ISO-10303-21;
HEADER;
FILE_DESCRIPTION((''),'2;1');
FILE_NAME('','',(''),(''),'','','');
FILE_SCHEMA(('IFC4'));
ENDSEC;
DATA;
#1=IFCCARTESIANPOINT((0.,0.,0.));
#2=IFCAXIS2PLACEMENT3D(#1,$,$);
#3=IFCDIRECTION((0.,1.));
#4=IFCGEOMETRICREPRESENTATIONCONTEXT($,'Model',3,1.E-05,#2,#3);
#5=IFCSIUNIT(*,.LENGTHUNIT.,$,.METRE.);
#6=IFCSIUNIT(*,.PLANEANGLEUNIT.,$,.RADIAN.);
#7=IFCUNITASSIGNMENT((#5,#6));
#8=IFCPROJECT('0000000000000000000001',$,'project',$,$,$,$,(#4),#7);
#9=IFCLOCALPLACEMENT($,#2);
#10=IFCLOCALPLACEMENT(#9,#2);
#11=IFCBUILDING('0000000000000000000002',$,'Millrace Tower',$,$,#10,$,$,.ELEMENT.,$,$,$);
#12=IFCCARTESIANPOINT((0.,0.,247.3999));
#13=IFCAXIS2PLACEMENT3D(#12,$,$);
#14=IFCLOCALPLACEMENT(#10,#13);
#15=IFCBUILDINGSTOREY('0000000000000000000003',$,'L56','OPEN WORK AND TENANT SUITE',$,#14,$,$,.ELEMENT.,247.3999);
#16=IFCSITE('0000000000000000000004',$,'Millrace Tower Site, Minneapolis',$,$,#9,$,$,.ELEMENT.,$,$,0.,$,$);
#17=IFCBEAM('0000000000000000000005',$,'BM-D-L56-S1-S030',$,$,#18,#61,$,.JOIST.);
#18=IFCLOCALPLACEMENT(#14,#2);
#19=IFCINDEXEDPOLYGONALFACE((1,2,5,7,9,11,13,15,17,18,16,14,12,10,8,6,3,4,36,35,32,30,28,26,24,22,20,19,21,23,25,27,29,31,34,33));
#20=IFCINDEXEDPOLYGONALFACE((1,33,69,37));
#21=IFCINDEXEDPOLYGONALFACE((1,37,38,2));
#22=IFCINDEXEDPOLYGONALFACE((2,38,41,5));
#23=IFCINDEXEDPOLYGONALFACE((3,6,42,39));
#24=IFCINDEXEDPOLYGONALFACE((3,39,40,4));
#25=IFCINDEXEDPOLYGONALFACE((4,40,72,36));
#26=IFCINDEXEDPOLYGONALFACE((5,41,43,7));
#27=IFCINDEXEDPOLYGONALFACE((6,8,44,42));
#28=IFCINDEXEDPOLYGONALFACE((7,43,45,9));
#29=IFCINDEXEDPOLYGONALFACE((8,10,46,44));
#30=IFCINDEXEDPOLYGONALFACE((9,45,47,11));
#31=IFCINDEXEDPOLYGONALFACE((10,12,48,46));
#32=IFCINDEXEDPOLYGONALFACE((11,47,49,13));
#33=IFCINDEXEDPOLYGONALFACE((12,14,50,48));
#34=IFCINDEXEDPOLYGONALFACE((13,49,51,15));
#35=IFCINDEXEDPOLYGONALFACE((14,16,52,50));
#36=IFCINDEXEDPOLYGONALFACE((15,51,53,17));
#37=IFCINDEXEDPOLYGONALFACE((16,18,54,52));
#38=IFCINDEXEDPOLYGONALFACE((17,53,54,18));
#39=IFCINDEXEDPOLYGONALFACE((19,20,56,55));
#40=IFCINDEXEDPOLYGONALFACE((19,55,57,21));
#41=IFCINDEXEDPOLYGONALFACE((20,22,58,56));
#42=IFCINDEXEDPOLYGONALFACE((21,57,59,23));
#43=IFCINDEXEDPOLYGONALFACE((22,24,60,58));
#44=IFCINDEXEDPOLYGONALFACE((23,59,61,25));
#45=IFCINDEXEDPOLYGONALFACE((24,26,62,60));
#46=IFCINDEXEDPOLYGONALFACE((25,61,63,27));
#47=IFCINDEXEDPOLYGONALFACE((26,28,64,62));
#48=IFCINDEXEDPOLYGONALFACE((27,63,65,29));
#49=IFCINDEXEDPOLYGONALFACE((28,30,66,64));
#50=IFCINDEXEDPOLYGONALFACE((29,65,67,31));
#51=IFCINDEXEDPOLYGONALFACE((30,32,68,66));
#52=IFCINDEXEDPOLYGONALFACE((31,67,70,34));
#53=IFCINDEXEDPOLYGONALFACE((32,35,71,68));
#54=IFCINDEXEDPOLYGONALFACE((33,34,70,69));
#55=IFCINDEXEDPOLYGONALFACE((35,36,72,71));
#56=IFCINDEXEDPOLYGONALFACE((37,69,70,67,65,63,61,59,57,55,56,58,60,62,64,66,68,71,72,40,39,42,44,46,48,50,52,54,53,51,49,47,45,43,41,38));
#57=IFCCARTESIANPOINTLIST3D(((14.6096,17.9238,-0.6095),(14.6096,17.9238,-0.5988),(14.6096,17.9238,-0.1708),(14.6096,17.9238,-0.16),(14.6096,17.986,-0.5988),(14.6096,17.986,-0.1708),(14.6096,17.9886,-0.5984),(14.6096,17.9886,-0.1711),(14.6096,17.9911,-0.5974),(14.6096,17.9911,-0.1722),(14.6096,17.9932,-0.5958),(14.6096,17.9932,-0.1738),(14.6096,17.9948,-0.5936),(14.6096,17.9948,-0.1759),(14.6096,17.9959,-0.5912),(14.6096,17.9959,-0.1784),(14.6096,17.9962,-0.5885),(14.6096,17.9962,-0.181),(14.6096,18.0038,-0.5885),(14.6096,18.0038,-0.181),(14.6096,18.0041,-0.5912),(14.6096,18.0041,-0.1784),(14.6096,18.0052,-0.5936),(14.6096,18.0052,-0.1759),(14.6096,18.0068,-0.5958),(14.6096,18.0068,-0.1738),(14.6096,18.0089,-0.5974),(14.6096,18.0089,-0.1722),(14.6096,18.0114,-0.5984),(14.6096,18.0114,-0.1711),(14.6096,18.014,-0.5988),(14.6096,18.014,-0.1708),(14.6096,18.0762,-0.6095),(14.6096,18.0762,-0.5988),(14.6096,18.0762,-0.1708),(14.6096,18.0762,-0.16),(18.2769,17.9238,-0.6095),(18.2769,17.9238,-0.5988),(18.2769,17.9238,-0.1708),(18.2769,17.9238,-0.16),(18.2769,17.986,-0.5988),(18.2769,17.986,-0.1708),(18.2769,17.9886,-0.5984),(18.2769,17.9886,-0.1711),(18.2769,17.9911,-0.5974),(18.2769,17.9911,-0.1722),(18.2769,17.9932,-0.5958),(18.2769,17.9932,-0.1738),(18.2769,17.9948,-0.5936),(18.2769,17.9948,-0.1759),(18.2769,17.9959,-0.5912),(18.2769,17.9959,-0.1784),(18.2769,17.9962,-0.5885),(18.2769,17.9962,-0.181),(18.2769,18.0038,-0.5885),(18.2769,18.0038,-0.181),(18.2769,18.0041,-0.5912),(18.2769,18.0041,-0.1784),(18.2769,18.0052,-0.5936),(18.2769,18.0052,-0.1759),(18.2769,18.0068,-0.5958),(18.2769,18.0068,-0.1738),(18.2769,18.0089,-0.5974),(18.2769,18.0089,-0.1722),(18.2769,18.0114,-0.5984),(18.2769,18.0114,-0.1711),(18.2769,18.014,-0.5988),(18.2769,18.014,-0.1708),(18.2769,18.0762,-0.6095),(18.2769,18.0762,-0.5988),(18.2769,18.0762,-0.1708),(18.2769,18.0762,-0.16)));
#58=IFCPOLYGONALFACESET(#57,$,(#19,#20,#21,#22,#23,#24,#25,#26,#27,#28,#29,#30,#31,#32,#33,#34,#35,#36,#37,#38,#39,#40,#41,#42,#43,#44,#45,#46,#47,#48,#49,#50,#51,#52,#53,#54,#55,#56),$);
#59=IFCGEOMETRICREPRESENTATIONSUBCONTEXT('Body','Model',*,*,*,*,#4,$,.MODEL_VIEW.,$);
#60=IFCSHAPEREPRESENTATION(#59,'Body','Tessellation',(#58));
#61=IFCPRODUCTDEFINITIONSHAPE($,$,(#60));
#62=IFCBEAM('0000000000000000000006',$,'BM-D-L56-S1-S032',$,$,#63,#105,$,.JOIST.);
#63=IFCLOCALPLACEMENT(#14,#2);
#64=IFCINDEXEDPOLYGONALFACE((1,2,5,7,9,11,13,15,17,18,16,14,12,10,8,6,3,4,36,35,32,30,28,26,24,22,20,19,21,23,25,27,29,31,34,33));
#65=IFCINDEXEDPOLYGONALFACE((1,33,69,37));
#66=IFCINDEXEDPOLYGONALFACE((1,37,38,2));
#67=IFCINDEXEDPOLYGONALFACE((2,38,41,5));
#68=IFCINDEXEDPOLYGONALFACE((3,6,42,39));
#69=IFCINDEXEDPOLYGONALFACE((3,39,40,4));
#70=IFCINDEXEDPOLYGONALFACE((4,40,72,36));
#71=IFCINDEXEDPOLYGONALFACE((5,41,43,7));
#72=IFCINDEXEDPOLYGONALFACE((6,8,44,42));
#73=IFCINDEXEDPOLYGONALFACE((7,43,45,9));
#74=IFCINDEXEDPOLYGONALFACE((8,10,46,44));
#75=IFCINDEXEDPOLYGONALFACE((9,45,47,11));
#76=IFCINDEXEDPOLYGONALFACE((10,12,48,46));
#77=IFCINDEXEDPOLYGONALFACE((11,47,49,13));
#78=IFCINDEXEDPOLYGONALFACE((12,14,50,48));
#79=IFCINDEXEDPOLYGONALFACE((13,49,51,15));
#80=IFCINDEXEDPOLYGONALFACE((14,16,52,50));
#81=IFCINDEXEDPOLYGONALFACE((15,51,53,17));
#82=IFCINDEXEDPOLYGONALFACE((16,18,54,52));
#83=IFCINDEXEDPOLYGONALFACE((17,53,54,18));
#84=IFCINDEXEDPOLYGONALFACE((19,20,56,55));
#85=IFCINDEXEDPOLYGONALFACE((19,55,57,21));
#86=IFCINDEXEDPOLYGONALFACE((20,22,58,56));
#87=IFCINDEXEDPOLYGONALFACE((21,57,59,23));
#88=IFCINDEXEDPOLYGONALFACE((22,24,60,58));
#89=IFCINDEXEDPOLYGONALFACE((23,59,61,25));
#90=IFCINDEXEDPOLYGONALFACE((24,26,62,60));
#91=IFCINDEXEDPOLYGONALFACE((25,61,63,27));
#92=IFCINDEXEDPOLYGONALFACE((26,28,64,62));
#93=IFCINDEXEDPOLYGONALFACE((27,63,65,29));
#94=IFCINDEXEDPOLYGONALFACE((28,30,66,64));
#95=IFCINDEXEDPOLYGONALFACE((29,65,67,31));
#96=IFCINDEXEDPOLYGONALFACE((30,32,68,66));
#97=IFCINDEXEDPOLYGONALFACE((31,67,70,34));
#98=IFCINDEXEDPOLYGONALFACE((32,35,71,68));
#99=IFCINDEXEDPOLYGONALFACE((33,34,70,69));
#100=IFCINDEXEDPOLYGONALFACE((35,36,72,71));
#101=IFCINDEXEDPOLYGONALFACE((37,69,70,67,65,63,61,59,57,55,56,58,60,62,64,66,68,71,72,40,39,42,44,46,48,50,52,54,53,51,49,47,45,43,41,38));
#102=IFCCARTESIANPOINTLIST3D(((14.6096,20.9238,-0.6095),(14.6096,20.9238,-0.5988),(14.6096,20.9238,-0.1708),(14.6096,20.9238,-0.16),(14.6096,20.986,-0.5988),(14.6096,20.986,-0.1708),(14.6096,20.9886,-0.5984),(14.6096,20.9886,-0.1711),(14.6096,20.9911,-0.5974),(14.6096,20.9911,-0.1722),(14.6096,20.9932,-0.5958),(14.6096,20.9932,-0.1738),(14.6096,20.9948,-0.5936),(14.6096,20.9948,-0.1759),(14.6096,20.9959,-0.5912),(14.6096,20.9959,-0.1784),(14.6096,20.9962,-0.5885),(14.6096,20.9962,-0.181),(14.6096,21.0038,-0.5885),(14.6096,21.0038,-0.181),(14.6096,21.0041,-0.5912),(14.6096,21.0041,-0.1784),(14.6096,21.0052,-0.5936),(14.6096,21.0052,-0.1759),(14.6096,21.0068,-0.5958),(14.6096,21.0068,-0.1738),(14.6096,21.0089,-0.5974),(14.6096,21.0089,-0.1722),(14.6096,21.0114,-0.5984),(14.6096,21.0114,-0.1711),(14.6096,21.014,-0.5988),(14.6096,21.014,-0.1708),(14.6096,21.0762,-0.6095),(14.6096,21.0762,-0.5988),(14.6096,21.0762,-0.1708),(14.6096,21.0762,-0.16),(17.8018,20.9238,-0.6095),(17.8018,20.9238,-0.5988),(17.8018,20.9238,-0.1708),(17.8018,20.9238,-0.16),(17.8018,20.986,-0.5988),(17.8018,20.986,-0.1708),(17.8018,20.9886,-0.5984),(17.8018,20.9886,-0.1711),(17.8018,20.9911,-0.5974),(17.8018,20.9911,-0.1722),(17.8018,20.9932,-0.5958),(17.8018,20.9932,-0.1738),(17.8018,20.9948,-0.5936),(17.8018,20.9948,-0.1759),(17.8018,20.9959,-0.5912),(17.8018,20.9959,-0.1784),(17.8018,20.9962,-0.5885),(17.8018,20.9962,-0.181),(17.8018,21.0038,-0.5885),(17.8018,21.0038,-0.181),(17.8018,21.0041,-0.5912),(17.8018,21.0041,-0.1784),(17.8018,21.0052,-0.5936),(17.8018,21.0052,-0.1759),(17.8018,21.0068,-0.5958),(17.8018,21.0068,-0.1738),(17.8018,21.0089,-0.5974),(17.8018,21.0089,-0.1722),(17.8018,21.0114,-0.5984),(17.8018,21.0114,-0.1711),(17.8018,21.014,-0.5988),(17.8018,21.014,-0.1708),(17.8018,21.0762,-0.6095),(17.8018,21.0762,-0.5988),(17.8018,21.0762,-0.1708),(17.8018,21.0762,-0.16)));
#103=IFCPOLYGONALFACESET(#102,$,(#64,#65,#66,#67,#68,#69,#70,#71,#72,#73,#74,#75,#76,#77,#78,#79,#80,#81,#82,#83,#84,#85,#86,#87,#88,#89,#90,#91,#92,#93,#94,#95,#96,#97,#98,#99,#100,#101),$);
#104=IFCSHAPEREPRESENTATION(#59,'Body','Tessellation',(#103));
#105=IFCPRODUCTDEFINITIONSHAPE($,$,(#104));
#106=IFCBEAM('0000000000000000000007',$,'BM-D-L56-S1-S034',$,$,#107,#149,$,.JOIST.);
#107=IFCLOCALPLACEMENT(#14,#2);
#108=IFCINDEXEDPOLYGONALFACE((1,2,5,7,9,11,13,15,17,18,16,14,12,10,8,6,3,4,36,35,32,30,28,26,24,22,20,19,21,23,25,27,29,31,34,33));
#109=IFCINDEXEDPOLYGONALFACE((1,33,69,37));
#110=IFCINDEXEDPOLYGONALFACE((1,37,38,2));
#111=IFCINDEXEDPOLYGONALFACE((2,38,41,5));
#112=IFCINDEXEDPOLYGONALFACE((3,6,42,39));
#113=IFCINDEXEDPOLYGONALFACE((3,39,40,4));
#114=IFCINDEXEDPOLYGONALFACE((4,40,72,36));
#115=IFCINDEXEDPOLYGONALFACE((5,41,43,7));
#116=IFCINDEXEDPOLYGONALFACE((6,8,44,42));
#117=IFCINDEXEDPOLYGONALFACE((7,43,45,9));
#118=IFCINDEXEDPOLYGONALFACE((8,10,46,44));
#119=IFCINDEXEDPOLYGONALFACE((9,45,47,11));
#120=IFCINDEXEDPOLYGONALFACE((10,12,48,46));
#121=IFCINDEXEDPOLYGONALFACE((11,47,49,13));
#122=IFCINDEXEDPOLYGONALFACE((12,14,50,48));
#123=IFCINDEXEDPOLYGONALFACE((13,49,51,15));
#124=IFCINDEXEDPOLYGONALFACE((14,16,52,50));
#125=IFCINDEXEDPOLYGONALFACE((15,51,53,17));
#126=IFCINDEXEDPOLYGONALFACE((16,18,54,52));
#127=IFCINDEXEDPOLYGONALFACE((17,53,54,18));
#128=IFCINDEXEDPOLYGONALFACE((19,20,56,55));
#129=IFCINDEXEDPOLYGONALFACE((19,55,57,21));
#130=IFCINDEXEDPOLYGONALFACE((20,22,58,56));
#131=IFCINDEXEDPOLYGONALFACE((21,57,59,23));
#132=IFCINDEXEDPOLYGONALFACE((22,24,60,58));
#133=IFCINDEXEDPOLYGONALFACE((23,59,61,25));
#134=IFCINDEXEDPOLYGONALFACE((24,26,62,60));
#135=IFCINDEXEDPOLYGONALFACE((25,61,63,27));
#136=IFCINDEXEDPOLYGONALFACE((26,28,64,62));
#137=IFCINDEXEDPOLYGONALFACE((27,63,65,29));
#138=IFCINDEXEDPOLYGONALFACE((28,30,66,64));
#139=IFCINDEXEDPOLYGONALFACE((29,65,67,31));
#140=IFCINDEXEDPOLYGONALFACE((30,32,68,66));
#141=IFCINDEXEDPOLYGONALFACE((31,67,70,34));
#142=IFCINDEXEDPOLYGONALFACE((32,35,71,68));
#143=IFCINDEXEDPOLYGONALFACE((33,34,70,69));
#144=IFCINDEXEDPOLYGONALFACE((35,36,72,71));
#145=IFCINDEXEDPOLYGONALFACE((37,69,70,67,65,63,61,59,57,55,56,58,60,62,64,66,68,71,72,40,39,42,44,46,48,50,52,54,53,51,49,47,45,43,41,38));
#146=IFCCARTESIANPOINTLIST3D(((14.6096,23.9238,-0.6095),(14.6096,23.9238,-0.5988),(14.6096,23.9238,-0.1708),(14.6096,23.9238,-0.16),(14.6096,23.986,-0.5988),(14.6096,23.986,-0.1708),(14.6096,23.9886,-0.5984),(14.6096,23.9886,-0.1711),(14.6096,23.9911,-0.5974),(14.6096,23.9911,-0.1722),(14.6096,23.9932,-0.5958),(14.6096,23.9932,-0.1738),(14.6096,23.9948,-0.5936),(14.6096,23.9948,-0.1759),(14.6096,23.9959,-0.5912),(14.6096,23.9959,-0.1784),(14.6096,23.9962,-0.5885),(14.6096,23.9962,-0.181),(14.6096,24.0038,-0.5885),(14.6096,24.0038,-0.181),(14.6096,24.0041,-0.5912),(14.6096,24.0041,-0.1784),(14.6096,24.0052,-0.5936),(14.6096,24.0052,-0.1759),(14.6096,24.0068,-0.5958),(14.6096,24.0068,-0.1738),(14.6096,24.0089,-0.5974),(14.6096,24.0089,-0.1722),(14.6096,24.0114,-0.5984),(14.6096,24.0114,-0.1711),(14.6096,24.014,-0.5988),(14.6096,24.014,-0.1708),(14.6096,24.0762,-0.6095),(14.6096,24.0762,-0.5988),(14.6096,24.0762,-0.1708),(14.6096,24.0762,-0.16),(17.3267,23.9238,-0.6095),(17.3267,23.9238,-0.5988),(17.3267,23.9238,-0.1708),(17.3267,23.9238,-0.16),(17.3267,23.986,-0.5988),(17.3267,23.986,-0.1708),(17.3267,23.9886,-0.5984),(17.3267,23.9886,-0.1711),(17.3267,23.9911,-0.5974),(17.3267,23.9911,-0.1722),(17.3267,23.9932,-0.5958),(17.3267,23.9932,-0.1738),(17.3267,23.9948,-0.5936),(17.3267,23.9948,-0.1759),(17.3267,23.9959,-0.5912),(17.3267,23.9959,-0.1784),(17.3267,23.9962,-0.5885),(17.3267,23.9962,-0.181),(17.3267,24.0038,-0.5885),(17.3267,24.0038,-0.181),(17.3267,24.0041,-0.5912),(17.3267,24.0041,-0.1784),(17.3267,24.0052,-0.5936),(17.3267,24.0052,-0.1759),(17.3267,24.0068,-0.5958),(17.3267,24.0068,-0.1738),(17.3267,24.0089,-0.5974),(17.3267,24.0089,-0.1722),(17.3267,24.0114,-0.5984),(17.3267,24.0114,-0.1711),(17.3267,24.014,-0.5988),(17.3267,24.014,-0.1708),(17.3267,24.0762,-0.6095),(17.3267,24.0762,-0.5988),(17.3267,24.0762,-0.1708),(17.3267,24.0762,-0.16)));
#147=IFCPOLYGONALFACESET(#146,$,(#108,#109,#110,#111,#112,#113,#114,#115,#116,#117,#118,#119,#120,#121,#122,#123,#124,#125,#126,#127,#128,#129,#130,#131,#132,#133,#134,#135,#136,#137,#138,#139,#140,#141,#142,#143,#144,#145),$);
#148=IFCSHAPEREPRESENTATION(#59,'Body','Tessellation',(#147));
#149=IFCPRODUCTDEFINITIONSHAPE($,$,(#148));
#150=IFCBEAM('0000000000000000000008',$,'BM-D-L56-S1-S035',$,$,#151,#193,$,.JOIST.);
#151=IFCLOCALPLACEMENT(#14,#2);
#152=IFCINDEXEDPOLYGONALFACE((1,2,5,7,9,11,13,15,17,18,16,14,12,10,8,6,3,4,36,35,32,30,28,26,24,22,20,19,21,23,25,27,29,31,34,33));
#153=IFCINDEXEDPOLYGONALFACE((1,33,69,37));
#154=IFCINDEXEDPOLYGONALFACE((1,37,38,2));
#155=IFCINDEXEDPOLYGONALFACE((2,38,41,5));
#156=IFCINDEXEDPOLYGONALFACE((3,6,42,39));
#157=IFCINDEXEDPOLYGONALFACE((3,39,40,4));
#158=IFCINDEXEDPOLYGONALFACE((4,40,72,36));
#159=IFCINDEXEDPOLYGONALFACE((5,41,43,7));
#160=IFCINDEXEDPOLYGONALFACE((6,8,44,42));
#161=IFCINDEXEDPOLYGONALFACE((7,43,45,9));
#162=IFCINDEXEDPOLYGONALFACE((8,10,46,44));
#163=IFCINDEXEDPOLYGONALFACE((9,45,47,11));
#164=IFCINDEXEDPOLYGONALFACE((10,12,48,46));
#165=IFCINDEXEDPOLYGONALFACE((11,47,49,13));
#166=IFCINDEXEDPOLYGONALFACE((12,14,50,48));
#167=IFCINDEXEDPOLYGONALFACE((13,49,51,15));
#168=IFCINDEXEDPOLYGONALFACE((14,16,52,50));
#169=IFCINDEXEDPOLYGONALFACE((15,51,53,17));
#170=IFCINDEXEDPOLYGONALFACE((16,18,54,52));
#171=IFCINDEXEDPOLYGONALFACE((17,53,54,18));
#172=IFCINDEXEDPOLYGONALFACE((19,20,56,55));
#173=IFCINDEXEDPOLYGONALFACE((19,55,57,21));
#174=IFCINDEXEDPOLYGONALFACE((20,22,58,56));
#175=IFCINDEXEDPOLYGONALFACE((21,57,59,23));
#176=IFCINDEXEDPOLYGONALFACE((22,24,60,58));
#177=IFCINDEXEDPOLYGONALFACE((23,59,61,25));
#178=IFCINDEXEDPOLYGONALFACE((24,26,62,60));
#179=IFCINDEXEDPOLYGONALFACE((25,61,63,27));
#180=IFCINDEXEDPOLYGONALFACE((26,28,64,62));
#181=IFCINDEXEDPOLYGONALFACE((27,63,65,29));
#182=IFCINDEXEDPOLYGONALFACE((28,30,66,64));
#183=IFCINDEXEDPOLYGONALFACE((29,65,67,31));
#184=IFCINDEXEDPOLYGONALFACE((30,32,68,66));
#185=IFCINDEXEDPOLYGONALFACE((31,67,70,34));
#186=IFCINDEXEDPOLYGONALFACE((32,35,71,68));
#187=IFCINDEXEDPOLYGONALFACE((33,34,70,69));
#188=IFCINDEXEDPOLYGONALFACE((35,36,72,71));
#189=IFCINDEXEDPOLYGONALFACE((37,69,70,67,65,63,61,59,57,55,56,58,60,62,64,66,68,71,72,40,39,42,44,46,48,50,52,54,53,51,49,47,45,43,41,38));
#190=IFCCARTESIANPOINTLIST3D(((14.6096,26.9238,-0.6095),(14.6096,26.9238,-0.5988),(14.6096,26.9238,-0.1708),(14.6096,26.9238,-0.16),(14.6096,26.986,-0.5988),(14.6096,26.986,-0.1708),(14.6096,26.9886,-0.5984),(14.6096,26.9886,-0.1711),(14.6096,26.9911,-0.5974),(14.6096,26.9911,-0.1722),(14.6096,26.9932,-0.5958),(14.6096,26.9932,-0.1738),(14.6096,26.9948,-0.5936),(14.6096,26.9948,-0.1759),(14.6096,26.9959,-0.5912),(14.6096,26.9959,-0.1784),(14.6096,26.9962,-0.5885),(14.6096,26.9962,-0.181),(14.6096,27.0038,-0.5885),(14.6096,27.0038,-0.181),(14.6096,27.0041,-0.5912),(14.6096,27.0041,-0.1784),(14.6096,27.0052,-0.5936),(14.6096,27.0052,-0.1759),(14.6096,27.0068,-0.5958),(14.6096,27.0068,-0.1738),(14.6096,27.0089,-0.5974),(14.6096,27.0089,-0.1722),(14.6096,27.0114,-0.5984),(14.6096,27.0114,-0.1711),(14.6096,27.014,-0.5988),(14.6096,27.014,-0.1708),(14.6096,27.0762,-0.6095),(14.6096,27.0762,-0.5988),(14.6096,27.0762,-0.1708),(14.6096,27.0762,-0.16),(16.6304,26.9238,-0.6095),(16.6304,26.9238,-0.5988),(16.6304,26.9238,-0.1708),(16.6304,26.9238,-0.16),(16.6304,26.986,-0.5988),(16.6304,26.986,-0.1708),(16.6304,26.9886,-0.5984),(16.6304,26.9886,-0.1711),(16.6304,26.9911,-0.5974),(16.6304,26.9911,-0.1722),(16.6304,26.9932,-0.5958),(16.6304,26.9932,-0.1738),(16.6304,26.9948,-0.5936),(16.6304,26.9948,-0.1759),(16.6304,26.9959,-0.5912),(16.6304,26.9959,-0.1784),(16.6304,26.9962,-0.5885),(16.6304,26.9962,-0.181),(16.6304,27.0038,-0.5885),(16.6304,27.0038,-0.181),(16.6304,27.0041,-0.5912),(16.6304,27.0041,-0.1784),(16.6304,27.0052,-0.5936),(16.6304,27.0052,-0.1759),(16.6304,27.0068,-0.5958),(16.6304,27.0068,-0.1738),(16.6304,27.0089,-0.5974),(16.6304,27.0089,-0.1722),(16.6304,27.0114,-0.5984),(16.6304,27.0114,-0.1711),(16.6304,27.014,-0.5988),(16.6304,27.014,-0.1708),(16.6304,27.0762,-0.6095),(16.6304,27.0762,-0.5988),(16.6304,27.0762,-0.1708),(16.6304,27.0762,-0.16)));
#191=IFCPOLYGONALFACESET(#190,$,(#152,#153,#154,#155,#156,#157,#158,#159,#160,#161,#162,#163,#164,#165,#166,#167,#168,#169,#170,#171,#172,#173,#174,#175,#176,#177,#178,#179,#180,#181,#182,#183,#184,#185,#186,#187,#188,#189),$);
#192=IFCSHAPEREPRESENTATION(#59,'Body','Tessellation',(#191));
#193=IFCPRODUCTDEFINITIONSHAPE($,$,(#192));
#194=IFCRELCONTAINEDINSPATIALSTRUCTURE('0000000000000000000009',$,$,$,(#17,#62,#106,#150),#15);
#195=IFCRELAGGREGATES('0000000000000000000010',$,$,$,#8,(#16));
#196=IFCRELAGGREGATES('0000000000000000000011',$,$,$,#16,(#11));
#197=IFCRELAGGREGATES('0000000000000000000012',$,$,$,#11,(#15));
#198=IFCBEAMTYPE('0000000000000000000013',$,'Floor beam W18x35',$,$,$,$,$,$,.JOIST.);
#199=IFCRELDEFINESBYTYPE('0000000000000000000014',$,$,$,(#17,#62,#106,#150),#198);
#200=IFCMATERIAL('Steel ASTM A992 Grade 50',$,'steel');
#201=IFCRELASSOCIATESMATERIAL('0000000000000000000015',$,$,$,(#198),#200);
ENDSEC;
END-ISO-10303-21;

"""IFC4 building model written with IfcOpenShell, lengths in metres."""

from ifc_helpers import new_model, si_unit, direction, frame, origin, origin_2d, place, context, subcontext, project, spatial, i_section, extrude, material, material_profile, profile_set, type_object, element, save


model = new_model("IFC4")

# Units and contexts
model_context = context("Model", 3, precision=1e-05, world=origin(), true_north=direction((0.0, 1.0)))
body_context = subcontext(model_context, "Body", "Model", "MODEL_VIEW")
ifc_project = project(units=[si_unit("LENGTHUNIT", "METRE"), si_unit("PLANEANGLEUNIT", "RADIAN")], contexts=[model_context])

# Site, building, storey
site_placement = place(None, origin())
site = spatial("IfcSite", under=ifc_project, at=site_placement, Name="Millrace Tower Site, Minneapolis", CompositionType="ELEMENT", RefElevation=0.0)
building_placement = place(site_placement, origin())
building = spatial("IfcBuilding", under=site, at=building_placement, Name="Millrace Tower", CompositionType="ELEMENT")
storey_placement = place(building_placement, frame((0.0, 0.0, 247.3999)))
storey = spatial("IfcBuildingStorey", under=building, at=storey_placement, Name="L56", Description="OPEN WORK AND TENANT SUITE", CompositionType="ELEMENT", Elevation=247.3999)

# Beams
ifc_material_1 = material(Name="Steel ASTM A992 Grade 50", Category="steel")
ifc_material_profile_1 = material_profile(ifc_material_1, i_section(OverallWidth=0.1523, OverallDepth=0.4495, WebThickness=0.0076, FlangeThickness=0.0107, FilletRadius=0.0103, at=origin_2d()))
ifc_profile_set_1 = profile_set([ifc_material_profile_1], Name="Steel ASTM A992 Grade 50")
beam_type_1 = type_object("IfcBeamType", Name="Floor beam W18x35", PredefinedType="JOIST", material=ifc_profile_set_1)
beam_1_placement = place(storey_placement, frame((14.6096, 18.0, -0.3848), z_axis=(1.0, 0.0, 0.0), x_axis=(0.0, 1.0, 0.0)))
element("IfcBeam", 1, at=beam_1_placement, inside=storey, type_object=beam_type_1, Name="BM-D-L56-S1-S030", PredefinedType="JOIST", context=body_context, shape_type="SweptSolid", body=[
    extrude(i_section(OverallWidth=0.1523, OverallDepth=0.4495, WebThickness=0.0076, FlangeThickness=0.0107, FilletRadius=0.0103, at=origin_2d()), origin(), (0.0, 0.0, 1.0), 3.6672),
])
beam_2_placement = place(storey_placement, frame((14.6096, 21.0, -0.3848), z_axis=(1.0, 0.0, 0.0), x_axis=(0.0, 1.0, 0.0)))
element("IfcBeam", 2, at=beam_2_placement, inside=storey, type_object=beam_type_1, Name="BM-D-L56-S1-S032", PredefinedType="JOIST", context=body_context, shape_type="SweptSolid", body=[
    extrude(i_section(OverallWidth=0.1523, OverallDepth=0.4495, WebThickness=0.0076, FlangeThickness=0.0107, FilletRadius=0.0103, at=origin_2d()), origin(), (0.0, 0.0, 1.0), 3.1921),
])
beam_3_placement = place(storey_placement, frame((14.6096, 24.0, -0.3848), z_axis=(1.0, 0.0, 0.0), x_axis=(0.0, 1.0, 0.0)))
element("IfcBeam", 3, at=beam_3_placement, inside=storey, type_object=beam_type_1, Name="BM-D-L56-S1-S034", PredefinedType="JOIST", context=body_context, shape_type="SweptSolid", body=[
    extrude(i_section(OverallWidth=0.1523, OverallDepth=0.4495, WebThickness=0.0076, FlangeThickness=0.0107, FilletRadius=0.0103, at=origin_2d()), origin(), (0.0, 0.0, 1.0), 2.717),
])
beam_4_placement = place(storey_placement, frame((14.6096, 27.0, -0.3848), z_axis=(1.0, 0.0, 0.0), x_axis=(0.0, 1.0, 0.0)))
element("IfcBeam", 4, at=beam_4_placement, inside=storey, type_object=beam_type_1, Name="BM-D-L56-S1-S035", PredefinedType="JOIST", context=body_context, shape_type="SweptSolid", body=[
    extrude(i_section(OverallWidth=0.1523, OverallDepth=0.4495, WebThickness=0.0076, FlangeThickness=0.0107, FilletRadius=0.0103, at=origin_2d()), origin(), (0.0, 0.0, 1.0), 2.0208),
])

save(model, "model.ifc")
